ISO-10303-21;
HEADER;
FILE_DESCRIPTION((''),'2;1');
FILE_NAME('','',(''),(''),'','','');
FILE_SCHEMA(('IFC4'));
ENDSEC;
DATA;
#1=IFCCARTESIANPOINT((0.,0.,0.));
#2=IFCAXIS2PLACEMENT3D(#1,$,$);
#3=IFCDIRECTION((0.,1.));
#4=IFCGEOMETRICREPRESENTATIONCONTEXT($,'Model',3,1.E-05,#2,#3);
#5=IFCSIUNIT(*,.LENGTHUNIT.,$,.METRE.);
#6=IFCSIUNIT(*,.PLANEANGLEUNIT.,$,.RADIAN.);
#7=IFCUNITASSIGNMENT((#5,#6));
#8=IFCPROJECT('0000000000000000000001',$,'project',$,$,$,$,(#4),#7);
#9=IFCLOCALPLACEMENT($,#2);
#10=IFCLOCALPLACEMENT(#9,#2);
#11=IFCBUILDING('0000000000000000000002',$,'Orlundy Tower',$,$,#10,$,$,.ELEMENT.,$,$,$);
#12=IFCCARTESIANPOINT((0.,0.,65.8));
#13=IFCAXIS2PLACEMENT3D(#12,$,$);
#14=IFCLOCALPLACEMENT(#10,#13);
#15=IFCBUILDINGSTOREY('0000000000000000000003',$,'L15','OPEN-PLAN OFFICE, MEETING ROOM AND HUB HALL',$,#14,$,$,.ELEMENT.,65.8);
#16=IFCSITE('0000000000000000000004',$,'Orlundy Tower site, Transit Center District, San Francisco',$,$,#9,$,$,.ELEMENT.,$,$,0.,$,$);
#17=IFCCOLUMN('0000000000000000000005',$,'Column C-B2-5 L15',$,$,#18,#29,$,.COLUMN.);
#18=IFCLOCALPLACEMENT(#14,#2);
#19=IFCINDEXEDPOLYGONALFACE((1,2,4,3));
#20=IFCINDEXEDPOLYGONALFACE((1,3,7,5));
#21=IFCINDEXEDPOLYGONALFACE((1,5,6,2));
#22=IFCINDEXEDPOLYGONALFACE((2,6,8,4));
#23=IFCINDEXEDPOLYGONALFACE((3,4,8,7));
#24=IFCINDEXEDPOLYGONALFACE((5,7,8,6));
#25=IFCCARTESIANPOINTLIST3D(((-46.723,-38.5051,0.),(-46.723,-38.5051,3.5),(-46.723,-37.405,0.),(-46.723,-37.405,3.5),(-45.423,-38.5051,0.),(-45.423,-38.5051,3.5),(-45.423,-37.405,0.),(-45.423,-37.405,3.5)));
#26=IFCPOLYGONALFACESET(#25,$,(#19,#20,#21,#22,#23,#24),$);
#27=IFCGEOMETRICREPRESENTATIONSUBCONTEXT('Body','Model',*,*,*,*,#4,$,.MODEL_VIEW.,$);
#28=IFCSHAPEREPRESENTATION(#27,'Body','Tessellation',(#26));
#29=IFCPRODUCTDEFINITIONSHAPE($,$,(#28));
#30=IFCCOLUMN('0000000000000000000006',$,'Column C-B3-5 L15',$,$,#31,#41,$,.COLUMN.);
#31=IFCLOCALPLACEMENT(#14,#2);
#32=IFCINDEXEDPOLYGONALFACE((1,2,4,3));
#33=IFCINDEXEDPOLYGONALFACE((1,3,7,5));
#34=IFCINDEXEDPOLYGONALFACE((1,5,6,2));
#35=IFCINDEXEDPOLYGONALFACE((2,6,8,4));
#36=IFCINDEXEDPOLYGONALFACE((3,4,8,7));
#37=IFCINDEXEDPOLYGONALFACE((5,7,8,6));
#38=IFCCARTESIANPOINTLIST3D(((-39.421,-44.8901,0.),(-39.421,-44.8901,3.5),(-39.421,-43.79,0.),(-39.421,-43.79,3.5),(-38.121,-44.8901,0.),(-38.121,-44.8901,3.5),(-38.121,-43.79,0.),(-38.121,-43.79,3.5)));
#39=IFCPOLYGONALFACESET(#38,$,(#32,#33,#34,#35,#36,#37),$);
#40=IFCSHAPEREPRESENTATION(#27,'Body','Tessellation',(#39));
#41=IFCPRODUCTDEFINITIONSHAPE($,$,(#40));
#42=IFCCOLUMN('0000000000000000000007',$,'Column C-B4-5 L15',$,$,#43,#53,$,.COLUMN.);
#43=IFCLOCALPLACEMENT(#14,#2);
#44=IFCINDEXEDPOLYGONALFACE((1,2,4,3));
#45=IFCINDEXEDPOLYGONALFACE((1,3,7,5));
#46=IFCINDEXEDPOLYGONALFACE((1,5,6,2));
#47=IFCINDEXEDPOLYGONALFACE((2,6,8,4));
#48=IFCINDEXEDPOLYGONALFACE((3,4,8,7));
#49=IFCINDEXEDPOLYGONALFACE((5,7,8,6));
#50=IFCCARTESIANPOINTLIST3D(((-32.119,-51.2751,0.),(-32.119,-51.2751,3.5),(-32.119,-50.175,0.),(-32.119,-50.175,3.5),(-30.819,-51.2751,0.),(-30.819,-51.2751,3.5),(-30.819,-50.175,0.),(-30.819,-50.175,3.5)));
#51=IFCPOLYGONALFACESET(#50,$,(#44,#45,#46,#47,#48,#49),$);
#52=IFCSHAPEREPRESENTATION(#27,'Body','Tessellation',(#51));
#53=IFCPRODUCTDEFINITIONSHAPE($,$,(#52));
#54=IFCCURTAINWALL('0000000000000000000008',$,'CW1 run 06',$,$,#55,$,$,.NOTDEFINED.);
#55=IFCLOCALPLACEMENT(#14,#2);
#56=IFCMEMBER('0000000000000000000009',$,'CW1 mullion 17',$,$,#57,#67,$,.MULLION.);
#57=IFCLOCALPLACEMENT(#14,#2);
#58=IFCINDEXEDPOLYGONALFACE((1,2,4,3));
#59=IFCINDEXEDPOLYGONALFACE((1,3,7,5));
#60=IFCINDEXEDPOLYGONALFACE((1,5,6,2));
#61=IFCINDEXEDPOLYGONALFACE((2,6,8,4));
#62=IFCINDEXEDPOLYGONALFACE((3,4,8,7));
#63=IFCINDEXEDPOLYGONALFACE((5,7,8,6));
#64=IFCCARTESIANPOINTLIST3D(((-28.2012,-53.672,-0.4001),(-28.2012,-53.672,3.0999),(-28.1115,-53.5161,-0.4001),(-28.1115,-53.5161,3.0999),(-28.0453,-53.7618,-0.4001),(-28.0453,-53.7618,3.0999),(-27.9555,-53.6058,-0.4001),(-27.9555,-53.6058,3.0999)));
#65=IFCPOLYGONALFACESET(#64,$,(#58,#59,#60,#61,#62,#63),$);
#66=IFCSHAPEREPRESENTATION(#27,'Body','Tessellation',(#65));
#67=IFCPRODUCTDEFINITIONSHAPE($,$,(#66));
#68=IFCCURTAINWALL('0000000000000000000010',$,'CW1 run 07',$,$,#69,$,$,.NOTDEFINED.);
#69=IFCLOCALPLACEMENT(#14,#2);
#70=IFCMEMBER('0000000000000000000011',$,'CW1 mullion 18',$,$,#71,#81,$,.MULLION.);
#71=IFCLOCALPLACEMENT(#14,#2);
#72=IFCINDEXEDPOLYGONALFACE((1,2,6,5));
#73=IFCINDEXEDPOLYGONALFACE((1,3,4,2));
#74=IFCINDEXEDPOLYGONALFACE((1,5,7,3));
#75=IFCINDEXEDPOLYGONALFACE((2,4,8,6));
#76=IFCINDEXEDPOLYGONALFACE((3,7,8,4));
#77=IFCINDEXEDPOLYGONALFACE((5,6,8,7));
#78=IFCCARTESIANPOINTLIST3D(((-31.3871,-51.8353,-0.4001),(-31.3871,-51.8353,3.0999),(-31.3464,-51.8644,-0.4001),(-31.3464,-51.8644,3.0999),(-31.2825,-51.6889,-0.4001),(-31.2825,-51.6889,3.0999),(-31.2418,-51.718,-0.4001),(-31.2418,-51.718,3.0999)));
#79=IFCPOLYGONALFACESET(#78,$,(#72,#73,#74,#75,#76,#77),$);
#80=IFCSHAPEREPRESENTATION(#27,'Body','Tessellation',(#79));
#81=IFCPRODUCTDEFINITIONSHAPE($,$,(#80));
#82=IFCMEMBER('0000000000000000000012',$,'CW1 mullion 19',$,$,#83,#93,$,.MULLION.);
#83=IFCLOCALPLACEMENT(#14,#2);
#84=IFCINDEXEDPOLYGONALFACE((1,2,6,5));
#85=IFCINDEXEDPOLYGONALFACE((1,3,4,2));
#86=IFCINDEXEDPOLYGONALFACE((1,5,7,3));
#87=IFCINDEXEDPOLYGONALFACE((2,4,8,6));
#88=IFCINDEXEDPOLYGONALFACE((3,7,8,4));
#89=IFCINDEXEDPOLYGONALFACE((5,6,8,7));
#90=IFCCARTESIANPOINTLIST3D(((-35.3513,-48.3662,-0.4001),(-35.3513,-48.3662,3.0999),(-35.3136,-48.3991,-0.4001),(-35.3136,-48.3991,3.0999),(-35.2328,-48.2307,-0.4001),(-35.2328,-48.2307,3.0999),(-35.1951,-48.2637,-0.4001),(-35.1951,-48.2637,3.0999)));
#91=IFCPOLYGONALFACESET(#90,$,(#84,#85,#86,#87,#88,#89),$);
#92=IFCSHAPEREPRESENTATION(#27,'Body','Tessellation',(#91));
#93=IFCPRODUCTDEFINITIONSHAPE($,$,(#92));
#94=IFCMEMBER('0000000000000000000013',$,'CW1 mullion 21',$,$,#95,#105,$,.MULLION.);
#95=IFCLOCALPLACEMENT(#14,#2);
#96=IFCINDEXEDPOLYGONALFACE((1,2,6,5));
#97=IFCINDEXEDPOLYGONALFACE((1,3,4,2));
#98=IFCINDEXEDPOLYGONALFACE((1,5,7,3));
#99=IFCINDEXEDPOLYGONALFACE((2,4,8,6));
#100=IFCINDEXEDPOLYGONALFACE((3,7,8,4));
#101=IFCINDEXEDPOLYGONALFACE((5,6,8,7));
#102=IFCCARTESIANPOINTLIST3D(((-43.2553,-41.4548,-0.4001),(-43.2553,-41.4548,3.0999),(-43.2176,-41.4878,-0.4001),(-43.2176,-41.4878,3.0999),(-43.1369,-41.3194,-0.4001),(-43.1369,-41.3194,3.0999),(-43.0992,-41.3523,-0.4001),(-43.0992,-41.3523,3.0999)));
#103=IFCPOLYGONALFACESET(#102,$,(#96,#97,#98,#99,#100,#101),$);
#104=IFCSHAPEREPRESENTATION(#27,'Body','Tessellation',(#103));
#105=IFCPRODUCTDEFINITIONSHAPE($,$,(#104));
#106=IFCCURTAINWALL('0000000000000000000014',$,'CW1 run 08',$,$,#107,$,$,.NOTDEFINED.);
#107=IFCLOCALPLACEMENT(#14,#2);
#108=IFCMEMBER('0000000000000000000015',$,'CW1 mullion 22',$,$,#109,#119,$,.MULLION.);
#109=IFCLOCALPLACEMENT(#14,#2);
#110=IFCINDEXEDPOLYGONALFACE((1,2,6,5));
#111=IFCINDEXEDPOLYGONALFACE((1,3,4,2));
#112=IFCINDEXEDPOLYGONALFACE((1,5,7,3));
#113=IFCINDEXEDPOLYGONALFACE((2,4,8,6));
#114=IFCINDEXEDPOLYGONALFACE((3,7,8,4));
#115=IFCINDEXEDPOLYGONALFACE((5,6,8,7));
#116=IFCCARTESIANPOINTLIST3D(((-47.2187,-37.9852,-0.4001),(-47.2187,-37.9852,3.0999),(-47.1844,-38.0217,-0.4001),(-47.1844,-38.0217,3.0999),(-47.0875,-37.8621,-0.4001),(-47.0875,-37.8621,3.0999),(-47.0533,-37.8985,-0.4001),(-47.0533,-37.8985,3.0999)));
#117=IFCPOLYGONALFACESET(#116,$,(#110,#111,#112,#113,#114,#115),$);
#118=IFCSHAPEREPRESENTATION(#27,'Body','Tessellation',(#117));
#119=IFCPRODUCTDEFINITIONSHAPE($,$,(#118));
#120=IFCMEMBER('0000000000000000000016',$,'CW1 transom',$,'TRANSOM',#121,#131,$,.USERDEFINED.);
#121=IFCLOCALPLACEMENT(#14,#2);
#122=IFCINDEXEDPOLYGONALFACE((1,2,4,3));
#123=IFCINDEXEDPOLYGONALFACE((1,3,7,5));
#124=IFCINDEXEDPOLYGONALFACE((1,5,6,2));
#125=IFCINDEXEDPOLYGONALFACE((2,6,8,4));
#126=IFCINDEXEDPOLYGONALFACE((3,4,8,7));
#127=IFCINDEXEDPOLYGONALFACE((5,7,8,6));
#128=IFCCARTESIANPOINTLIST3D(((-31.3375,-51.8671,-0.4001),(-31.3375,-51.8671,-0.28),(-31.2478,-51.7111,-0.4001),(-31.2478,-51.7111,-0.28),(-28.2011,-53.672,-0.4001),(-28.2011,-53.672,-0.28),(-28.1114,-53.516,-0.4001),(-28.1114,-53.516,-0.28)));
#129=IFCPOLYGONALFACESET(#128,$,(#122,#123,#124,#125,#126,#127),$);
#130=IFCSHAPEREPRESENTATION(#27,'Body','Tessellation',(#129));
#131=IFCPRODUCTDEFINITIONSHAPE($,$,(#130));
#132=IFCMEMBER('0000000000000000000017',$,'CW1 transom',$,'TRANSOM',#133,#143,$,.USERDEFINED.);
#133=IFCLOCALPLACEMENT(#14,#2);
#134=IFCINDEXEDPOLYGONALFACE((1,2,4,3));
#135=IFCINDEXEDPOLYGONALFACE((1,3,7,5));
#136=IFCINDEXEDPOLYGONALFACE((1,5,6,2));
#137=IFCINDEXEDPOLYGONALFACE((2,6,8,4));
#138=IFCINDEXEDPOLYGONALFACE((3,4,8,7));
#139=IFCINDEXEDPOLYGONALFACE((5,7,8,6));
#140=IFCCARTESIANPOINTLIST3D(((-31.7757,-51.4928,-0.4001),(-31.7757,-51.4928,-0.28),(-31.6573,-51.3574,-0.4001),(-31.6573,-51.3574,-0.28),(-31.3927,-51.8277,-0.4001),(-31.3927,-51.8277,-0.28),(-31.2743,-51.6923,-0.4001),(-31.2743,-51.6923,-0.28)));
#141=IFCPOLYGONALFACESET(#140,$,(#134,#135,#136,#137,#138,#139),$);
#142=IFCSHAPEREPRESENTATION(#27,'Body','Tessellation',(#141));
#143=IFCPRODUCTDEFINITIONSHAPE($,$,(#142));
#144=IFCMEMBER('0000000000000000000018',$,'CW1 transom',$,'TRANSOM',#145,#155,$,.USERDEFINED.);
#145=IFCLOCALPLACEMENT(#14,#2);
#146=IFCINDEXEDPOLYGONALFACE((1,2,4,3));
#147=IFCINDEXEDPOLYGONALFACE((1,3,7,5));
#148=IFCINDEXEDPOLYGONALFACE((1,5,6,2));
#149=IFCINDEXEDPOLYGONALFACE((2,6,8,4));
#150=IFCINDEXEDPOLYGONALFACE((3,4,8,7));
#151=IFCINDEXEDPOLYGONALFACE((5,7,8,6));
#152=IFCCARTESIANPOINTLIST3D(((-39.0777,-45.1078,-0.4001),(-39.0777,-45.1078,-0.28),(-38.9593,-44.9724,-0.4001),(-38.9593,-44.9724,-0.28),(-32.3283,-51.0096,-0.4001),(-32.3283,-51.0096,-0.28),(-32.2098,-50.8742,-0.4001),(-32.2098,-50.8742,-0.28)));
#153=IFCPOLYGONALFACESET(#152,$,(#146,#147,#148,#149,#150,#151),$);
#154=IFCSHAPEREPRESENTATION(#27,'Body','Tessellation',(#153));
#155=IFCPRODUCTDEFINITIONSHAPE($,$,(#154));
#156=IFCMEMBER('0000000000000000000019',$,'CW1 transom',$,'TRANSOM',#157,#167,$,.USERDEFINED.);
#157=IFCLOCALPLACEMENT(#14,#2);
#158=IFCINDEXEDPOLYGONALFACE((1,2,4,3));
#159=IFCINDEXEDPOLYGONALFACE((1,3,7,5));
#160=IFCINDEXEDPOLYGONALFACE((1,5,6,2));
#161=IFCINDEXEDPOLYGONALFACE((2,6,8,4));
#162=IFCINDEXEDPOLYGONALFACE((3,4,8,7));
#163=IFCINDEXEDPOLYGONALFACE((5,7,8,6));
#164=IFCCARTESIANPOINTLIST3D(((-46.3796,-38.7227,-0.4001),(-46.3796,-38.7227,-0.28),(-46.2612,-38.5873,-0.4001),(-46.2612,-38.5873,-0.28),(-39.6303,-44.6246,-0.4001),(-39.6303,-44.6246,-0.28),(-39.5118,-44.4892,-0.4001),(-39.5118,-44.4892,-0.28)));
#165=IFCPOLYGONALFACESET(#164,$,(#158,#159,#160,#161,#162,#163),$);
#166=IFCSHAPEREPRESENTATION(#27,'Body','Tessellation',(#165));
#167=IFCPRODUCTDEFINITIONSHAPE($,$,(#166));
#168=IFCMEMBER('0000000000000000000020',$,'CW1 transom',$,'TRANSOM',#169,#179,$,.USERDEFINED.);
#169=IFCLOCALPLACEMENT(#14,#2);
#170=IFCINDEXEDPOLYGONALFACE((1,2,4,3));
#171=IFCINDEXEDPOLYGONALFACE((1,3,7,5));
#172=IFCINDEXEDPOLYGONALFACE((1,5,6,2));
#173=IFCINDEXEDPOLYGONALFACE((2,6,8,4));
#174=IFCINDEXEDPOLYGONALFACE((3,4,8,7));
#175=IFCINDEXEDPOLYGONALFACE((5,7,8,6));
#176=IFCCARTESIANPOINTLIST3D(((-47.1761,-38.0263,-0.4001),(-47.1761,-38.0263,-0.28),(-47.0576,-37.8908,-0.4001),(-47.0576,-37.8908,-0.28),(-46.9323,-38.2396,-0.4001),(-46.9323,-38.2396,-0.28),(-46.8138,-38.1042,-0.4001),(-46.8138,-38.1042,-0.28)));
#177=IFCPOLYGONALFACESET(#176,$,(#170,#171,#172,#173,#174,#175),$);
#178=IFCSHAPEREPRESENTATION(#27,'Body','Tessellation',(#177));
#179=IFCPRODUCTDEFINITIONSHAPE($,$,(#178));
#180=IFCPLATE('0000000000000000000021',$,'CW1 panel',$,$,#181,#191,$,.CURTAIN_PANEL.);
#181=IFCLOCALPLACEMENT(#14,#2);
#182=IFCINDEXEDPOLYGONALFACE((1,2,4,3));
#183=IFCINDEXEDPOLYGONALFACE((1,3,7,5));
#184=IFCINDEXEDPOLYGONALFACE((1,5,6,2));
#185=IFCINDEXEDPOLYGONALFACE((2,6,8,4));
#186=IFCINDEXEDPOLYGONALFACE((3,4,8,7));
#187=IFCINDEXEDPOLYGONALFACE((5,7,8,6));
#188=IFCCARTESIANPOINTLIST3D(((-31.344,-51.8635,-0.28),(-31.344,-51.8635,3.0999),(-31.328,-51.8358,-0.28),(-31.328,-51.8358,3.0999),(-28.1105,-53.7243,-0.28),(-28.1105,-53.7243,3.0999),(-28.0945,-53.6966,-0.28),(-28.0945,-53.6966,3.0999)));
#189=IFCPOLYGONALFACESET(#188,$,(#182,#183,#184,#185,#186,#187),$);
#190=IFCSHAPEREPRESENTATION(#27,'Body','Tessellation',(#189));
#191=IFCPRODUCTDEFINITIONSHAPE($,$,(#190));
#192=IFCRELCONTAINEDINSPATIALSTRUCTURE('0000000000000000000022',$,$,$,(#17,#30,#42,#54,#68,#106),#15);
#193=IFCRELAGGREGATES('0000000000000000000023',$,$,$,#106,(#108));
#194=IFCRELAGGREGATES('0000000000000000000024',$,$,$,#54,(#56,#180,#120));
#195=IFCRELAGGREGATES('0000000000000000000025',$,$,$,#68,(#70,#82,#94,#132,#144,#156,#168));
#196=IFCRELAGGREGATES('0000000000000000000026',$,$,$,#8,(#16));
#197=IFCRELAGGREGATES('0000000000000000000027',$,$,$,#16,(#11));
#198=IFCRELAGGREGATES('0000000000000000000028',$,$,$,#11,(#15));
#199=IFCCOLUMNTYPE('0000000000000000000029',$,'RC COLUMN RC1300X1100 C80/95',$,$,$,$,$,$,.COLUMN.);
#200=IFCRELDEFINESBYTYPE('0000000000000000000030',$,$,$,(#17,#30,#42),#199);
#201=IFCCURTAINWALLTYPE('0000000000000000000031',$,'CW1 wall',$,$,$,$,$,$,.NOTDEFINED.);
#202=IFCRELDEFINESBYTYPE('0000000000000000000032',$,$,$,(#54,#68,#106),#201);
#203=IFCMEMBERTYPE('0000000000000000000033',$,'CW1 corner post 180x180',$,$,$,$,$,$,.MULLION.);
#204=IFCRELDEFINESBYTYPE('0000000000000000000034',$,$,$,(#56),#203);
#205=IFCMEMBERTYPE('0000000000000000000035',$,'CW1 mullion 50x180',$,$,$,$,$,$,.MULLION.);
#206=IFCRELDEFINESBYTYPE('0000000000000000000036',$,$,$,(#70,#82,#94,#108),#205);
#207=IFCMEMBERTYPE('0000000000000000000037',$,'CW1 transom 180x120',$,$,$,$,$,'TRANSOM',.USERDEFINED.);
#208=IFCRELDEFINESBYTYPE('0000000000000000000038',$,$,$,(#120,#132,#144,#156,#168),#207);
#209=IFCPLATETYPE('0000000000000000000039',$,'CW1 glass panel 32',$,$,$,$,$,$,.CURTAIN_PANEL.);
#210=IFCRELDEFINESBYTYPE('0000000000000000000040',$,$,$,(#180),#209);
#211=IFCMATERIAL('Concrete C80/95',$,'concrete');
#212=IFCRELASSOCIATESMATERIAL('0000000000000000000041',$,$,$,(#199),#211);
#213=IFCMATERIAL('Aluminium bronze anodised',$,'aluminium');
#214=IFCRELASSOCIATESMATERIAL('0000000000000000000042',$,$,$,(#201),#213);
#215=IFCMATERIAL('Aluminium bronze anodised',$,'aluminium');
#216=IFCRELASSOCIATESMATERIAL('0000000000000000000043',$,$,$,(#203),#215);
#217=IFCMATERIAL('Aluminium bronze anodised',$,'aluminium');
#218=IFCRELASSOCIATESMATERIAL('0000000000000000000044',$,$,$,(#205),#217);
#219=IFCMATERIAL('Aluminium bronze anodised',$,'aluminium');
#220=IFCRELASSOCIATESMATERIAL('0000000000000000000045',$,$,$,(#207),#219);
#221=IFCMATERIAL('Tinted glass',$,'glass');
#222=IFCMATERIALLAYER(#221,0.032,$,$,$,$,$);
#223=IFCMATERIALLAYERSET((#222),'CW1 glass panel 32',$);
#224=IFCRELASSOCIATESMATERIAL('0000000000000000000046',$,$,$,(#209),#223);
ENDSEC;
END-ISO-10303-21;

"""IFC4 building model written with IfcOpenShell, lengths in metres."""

from ifc_helpers import new_model, si_unit, direction, frame, origin, origin_2d, place, context, subcontext, project, spatial, rectangle, extrude, material, layer, layer_set, material_profile, profile_set, type_object, element, aggregate, save


model = new_model("IFC4")

# Units and contexts
model_context = context("Model", 3, precision=1e-05, world=origin(), true_north=direction((0.0, 1.0)))
body_context = subcontext(model_context, "Body", "Model", "MODEL_VIEW")
ifc_project = project(units=[si_unit("LENGTHUNIT", "METRE"), si_unit("PLANEANGLEUNIT", "RADIAN")], contexts=[model_context])

# Site, building, storey
site_placement = place(None, origin())
site = spatial("IfcSite", under=ifc_project, at=site_placement, Name="Orlundy Tower site, Transit Center District, San Francisco", CompositionType="ELEMENT", RefElevation=0.0)
building_placement = place(site_placement, origin())
building = spatial("IfcBuilding", under=site, at=building_placement, Name="Orlundy Tower", CompositionType="ELEMENT")
storey_placement = place(building_placement, frame((0.0, 0.0, 65.8)))
storey = spatial("IfcBuildingStorey", under=building, at=storey_placement, Name="L15", Description="OPEN-PLAN OFFICE, MEETING ROOM AND HUB HALL", CompositionType="ELEMENT", Elevation=65.8)

# Columns
ifc_material_1 = material(Name="Concrete C80/95", Category="concrete")
ifc_material_profile_1 = material_profile(ifc_material_1, rectangle(XDim=1.3, YDim=1.1001, at=origin_2d()), Name="RC1300X1100")
ifc_profile_set_1 = profile_set([ifc_material_profile_1], Name="Concrete C80/95")
column_type = type_object("IfcColumnType", Name="RC COLUMN RC1300X1100 C80/95", PredefinedType="COLUMN", material=ifc_profile_set_1)
for number, where, z_axis, x_axis, name in (
    (1, (-46.073, -37.9551, 0.0), (0.0, 0.0, 1.0), (1.0, 0.0, 0.0), "Column C-B2-5 L15"),
    (2, (-38.771, -44.3401, 0.0), (0.0, 0.0, 1.0), (1.0, 0.0, 0.0), "Column C-B3-5 L15"),
    (3, (-31.469, -50.7251, 0.0), (0.0, 0.0, 1.0), (1.0, 0.0, 0.0), "Column C-B4-5 L15"),
):
    element("IfcColumn", number, at=place(storey_placement, frame(where, z_axis=z_axis, x_axis=x_axis)), inside=storey, type_object=column_type, Name=name, PredefinedType="COLUMN", context=body_context, shape_type="SweptSolid", body=[
        extrude(rectangle(XDim=1.3, YDim=1.1001, at=origin_2d()), origin(), (0.0, 0.0, 1.0), 3.5),
    ])

# Curtain wall, member
ifc_material_2 = material(Name="Aluminium bronze anodised", Category="aluminium")
curtain_wall_type = type_object("IfcCurtainWallType", Name="CW1 wall", PredefinedType="NOTDEFINED", material=ifc_material_2)
curtain_wall_1_placement = place(storey_placement, origin())
curtain_wall_1 = element("IfcCurtainWall", 4, at=curtain_wall_1_placement, inside=storey, type_object=curtain_wall_type, Name="CW1 run 06", PredefinedType="NOTDEFINED")
ifc_material_3 = material(Name="Aluminium bronze anodised", Category="aluminium")
ifc_material_profile_2 = material_profile(ifc_material_3, rectangle(XDim=0.1799, YDim=0.1799, at=origin_2d()), Name="CW1 corner post 180x180")
ifc_profile_set_2 = profile_set([ifc_material_profile_2], Name="Aluminium bronze anodised")
member_type_1 = type_object("IfcMemberType", Name="CW1 corner post 180x180", PredefinedType="MULLION", material=ifc_profile_set_2)
member_1_placement = place(storey_placement, frame((-28.0784, -53.6389, -0.4001), z_axis=(0.0, 0.0, 1.0), x_axis=(-0.49878, -0.866728, 0.0)))
member_1 = element("IfcMember", 5, at=member_1_placement, type_object=member_type_1, Name="CW1 mullion 17", PredefinedType="MULLION", context=body_context, shape_type="SweptSolid", body=[
    extrude(rectangle(XDim=0.1799, YDim=0.1799, at=origin_2d()), origin(), (0.0, 0.0, 1.0), 3.5),
])

# Curtain wall, members
curtain_wall_2_placement = place(storey_placement, origin())
curtain_wall_2 = element("IfcCurtainWall", 6, at=curtain_wall_2_placement, inside=storey, type_object=curtain_wall_type, Name="CW1 run 07", PredefinedType="NOTDEFINED")
ifc_material_4 = material(Name="Aluminium bronze anodised", Category="aluminium")
ifc_material_profile_3 = material_profile(ifc_material_4, rectangle(XDim=0.1799, YDim=0.05, at=origin_2d()), Name="CW1 mullion 50x180")
ifc_profile_set_3 = profile_set([ifc_material_profile_3], Name="Aluminium bronze anodised")
member_type_2 = type_object("IfcMemberType", Name="CW1 mullion 50x180", PredefinedType="MULLION", material=ifc_profile_set_3)
member_2_placement = place(storey_placement, frame((-31.3145, -51.7766, -0.4001), z_axis=(0.0, 0.0, 1.0), x_axis=(-0.581319, -0.813676, 0.0)))
member_2 = element("IfcMember", 7, at=member_2_placement, type_object=member_type_2, Name="CW1 mullion 18", PredefinedType="MULLION", context=body_context, shape_type="SweptSolid", body=[
    extrude(rectangle(XDim=0.1799, YDim=0.05, at=origin_2d()), origin(), (0.0, 0.0, 1.0), 3.5),
])
member_3_placement = place(storey_placement, frame((-35.2732, -48.3149, -0.4001), z_axis=(0.0, 0.0, 1.0), x_axis=(-0.658262, -0.752789, 0.0)))
member_3 = element("IfcMember", 8, at=member_3_placement, type_object=member_type_2, Name="CW1 mullion 19", PredefinedType="MULLION", context=body_context, shape_type="SweptSolid", body=[
    extrude(rectangle(XDim=0.1799, YDim=0.05, at=origin_2d()), origin(), (0.0, 0.0, 1.0), 3.5),
])
member_4_placement = place(storey_placement, frame((-43.1772, -41.4036, -0.4001), z_axis=(0.0, 0.0, 1.0), x_axis=(-0.658262, -0.752789, 0.0)))
member_4 = element("IfcMember", 9, at=member_4_placement, type_object=member_type_2, Name="CW1 mullion 21", PredefinedType="MULLION", context=body_context, shape_type="SweptSolid", body=[
    extrude(rectangle(XDim=0.1799, YDim=0.05, at=origin_2d()), origin(), (0.0, 0.0, 1.0), 3.5),
])

# Curtain wall, member
curtain_wall_3_placement = place(storey_placement, origin())
curtain_wall_3 = element("IfcCurtainWall", 10, at=curtain_wall_3_placement, inside=storey, type_object=curtain_wall_type, Name="CW1 run 08", PredefinedType="NOTDEFINED")
member_5_placement = place(storey_placement, frame((-47.136, -37.9419, -0.4001), z_axis=(0.0, 0.0, 1.0), x_axis=(-0.728889, -0.684632, 0.0)))
member_5 = element("IfcMember", 11, at=member_5_placement, type_object=member_type_2, Name="CW1 mullion 22", PredefinedType="MULLION", context=body_context, shape_type="SweptSolid", body=[
    extrude(rectangle(XDim=0.1799, YDim=0.05, at=origin_2d()), origin(), (0.0, 0.0, 1.0), 3.5),
])
aggregate(curtain_wall_3, [member_5])

# Members
ifc_material_5 = material(Name="Aluminium bronze anodised", Category="aluminium")
ifc_material_profile_4 = material_profile(ifc_material_5, rectangle(XDim=0.1799, YDim=0.1201, at=origin_2d()), Name="CW1 transom 180x120")
ifc_profile_set_4 = profile_set([ifc_material_profile_4], Name="Aluminium bronze anodised")
member_type_3 = type_object("IfcMemberType", Name="CW1 transom 180x120", ElementType="TRANSOM", PredefinedType="USERDEFINED", material=ifc_profile_set_4)
member_6_placement = place(storey_placement, frame((-28.1562, -53.594, -0.3401), z_axis=(-0.866732, 0.498774, 0.0), x_axis=(-0.498774, -0.866732, 0.0)))
member_6 = element("IfcMember", 12, at=member_6_placement, type_object=member_type_3, Name="CW1 transom", ObjectType="TRANSOM", PredefinedType="USERDEFINED", context=body_context, shape_type="SweptSolid", body=[
    extrude(rectangle(XDim=0.1799, YDim=0.1201, at=origin_2d()), origin(), (0.0, 0.0, 1.0), 3.6187),
])
member_7_placement = place(storey_placement, frame((-31.3335, -51.76, -0.3401), z_axis=(-0.752785, 0.658267, 0.0), x_axis=(-0.658267, -0.752785, 0.0)))
member_7 = element("IfcMember", 13, at=member_7_placement, type_object=member_type_3, Name="CW1 transom", ObjectType="TRANSOM", PredefinedType="USERDEFINED", context=body_context, shape_type="SweptSolid", body=[
    extrude(rectangle(XDim=0.1799, YDim=0.1201, at=origin_2d()), origin(), (0.0, 0.0, 1.0), 0.5088),
])
member_8_placement = place(storey_placement, frame((-32.269, -50.9419, -0.3401), z_axis=(-0.752796, 0.658254, 0.0), x_axis=(-0.658254, -0.752796, 0.0)))
member_8 = element("IfcMember", 14, at=member_8_placement, type_object=member_type_3, Name="CW1 transom", ObjectType="TRANSOM", PredefinedType="USERDEFINED", context=body_context, shape_type="SweptSolid", body=[
    extrude(rectangle(XDim=0.1799, YDim=0.1201, at=origin_2d()), origin(), (0.0, 0.0, 1.0), 8.9658),
])
member_9_placement = place(storey_placement, frame((-39.571, -44.5569, -0.3401), z_axis=(-0.752784, 0.658267, 0.0), x_axis=(-0.658267, -0.752784, 0.0)))
member_9 = element("IfcMember", 15, at=member_9_placement, type_object=member_type_3, Name="CW1 transom", ObjectType="TRANSOM", PredefinedType="USERDEFINED", context=body_context, shape_type="SweptSolid", body=[
    extrude(rectangle(XDim=0.1799, YDim=0.1201, at=origin_2d()), origin(), (0.0, 0.0, 1.0), 8.9658),
])
member_10_placement = place(storey_placement, frame((-46.873, -38.1719, -0.3401), z_axis=(-0.752623, 0.658451, 0.0), x_axis=(-0.658451, -0.752623, 0.0)))
member_10 = element("IfcMember", 16, at=member_10_placement, type_object=member_type_3, Name="CW1 transom", ObjectType="TRANSOM", PredefinedType="USERDEFINED", context=body_context, shape_type="SweptSolid", body=[
    extrude(rectangle(XDim=0.1799, YDim=0.1201, at=origin_2d()), origin(), (0.0, 0.0, 1.0), 0.324),
])

# Plate
ifc_material_6 = material(Name="Tinted glass", Category="glass")
ifc_layer_1 = layer(ifc_material_6, 0.032)
ifc_layer_set_1 = layer_set([ifc_layer_1], Name="CW1 glass panel 32")
plate_type = type_object("IfcPlateType", Name="CW1 glass panel 32", PredefinedType="CURTAIN_PANEL", material=ifc_layer_set_1)
plate_1_placement = place(storey_placement, frame((-29.7192, -52.78, -0.28), z_axis=(0.0, 0.0, 1.0), x_axis=(-0.866728, 0.49878, 0.0)))
plate_1 = element("IfcPlate", 17, at=plate_1_placement, type_object=plate_type, Name="CW1 panel", PredefinedType="CURTAIN_PANEL", context=body_context, shape_type="SweptSolid", body=[
    extrude(rectangle(XDim=3.7307, YDim=0.032, at=origin_2d()), origin(), (0.0, 0.0, 1.0), 3.3799),
])
aggregate(curtain_wall_1, [member_1, plate_1, member_6])
aggregate(curtain_wall_2, [member_2, member_3, member_4, member_7, member_8, member_9, member_10])

save(model, "model.ifc")
